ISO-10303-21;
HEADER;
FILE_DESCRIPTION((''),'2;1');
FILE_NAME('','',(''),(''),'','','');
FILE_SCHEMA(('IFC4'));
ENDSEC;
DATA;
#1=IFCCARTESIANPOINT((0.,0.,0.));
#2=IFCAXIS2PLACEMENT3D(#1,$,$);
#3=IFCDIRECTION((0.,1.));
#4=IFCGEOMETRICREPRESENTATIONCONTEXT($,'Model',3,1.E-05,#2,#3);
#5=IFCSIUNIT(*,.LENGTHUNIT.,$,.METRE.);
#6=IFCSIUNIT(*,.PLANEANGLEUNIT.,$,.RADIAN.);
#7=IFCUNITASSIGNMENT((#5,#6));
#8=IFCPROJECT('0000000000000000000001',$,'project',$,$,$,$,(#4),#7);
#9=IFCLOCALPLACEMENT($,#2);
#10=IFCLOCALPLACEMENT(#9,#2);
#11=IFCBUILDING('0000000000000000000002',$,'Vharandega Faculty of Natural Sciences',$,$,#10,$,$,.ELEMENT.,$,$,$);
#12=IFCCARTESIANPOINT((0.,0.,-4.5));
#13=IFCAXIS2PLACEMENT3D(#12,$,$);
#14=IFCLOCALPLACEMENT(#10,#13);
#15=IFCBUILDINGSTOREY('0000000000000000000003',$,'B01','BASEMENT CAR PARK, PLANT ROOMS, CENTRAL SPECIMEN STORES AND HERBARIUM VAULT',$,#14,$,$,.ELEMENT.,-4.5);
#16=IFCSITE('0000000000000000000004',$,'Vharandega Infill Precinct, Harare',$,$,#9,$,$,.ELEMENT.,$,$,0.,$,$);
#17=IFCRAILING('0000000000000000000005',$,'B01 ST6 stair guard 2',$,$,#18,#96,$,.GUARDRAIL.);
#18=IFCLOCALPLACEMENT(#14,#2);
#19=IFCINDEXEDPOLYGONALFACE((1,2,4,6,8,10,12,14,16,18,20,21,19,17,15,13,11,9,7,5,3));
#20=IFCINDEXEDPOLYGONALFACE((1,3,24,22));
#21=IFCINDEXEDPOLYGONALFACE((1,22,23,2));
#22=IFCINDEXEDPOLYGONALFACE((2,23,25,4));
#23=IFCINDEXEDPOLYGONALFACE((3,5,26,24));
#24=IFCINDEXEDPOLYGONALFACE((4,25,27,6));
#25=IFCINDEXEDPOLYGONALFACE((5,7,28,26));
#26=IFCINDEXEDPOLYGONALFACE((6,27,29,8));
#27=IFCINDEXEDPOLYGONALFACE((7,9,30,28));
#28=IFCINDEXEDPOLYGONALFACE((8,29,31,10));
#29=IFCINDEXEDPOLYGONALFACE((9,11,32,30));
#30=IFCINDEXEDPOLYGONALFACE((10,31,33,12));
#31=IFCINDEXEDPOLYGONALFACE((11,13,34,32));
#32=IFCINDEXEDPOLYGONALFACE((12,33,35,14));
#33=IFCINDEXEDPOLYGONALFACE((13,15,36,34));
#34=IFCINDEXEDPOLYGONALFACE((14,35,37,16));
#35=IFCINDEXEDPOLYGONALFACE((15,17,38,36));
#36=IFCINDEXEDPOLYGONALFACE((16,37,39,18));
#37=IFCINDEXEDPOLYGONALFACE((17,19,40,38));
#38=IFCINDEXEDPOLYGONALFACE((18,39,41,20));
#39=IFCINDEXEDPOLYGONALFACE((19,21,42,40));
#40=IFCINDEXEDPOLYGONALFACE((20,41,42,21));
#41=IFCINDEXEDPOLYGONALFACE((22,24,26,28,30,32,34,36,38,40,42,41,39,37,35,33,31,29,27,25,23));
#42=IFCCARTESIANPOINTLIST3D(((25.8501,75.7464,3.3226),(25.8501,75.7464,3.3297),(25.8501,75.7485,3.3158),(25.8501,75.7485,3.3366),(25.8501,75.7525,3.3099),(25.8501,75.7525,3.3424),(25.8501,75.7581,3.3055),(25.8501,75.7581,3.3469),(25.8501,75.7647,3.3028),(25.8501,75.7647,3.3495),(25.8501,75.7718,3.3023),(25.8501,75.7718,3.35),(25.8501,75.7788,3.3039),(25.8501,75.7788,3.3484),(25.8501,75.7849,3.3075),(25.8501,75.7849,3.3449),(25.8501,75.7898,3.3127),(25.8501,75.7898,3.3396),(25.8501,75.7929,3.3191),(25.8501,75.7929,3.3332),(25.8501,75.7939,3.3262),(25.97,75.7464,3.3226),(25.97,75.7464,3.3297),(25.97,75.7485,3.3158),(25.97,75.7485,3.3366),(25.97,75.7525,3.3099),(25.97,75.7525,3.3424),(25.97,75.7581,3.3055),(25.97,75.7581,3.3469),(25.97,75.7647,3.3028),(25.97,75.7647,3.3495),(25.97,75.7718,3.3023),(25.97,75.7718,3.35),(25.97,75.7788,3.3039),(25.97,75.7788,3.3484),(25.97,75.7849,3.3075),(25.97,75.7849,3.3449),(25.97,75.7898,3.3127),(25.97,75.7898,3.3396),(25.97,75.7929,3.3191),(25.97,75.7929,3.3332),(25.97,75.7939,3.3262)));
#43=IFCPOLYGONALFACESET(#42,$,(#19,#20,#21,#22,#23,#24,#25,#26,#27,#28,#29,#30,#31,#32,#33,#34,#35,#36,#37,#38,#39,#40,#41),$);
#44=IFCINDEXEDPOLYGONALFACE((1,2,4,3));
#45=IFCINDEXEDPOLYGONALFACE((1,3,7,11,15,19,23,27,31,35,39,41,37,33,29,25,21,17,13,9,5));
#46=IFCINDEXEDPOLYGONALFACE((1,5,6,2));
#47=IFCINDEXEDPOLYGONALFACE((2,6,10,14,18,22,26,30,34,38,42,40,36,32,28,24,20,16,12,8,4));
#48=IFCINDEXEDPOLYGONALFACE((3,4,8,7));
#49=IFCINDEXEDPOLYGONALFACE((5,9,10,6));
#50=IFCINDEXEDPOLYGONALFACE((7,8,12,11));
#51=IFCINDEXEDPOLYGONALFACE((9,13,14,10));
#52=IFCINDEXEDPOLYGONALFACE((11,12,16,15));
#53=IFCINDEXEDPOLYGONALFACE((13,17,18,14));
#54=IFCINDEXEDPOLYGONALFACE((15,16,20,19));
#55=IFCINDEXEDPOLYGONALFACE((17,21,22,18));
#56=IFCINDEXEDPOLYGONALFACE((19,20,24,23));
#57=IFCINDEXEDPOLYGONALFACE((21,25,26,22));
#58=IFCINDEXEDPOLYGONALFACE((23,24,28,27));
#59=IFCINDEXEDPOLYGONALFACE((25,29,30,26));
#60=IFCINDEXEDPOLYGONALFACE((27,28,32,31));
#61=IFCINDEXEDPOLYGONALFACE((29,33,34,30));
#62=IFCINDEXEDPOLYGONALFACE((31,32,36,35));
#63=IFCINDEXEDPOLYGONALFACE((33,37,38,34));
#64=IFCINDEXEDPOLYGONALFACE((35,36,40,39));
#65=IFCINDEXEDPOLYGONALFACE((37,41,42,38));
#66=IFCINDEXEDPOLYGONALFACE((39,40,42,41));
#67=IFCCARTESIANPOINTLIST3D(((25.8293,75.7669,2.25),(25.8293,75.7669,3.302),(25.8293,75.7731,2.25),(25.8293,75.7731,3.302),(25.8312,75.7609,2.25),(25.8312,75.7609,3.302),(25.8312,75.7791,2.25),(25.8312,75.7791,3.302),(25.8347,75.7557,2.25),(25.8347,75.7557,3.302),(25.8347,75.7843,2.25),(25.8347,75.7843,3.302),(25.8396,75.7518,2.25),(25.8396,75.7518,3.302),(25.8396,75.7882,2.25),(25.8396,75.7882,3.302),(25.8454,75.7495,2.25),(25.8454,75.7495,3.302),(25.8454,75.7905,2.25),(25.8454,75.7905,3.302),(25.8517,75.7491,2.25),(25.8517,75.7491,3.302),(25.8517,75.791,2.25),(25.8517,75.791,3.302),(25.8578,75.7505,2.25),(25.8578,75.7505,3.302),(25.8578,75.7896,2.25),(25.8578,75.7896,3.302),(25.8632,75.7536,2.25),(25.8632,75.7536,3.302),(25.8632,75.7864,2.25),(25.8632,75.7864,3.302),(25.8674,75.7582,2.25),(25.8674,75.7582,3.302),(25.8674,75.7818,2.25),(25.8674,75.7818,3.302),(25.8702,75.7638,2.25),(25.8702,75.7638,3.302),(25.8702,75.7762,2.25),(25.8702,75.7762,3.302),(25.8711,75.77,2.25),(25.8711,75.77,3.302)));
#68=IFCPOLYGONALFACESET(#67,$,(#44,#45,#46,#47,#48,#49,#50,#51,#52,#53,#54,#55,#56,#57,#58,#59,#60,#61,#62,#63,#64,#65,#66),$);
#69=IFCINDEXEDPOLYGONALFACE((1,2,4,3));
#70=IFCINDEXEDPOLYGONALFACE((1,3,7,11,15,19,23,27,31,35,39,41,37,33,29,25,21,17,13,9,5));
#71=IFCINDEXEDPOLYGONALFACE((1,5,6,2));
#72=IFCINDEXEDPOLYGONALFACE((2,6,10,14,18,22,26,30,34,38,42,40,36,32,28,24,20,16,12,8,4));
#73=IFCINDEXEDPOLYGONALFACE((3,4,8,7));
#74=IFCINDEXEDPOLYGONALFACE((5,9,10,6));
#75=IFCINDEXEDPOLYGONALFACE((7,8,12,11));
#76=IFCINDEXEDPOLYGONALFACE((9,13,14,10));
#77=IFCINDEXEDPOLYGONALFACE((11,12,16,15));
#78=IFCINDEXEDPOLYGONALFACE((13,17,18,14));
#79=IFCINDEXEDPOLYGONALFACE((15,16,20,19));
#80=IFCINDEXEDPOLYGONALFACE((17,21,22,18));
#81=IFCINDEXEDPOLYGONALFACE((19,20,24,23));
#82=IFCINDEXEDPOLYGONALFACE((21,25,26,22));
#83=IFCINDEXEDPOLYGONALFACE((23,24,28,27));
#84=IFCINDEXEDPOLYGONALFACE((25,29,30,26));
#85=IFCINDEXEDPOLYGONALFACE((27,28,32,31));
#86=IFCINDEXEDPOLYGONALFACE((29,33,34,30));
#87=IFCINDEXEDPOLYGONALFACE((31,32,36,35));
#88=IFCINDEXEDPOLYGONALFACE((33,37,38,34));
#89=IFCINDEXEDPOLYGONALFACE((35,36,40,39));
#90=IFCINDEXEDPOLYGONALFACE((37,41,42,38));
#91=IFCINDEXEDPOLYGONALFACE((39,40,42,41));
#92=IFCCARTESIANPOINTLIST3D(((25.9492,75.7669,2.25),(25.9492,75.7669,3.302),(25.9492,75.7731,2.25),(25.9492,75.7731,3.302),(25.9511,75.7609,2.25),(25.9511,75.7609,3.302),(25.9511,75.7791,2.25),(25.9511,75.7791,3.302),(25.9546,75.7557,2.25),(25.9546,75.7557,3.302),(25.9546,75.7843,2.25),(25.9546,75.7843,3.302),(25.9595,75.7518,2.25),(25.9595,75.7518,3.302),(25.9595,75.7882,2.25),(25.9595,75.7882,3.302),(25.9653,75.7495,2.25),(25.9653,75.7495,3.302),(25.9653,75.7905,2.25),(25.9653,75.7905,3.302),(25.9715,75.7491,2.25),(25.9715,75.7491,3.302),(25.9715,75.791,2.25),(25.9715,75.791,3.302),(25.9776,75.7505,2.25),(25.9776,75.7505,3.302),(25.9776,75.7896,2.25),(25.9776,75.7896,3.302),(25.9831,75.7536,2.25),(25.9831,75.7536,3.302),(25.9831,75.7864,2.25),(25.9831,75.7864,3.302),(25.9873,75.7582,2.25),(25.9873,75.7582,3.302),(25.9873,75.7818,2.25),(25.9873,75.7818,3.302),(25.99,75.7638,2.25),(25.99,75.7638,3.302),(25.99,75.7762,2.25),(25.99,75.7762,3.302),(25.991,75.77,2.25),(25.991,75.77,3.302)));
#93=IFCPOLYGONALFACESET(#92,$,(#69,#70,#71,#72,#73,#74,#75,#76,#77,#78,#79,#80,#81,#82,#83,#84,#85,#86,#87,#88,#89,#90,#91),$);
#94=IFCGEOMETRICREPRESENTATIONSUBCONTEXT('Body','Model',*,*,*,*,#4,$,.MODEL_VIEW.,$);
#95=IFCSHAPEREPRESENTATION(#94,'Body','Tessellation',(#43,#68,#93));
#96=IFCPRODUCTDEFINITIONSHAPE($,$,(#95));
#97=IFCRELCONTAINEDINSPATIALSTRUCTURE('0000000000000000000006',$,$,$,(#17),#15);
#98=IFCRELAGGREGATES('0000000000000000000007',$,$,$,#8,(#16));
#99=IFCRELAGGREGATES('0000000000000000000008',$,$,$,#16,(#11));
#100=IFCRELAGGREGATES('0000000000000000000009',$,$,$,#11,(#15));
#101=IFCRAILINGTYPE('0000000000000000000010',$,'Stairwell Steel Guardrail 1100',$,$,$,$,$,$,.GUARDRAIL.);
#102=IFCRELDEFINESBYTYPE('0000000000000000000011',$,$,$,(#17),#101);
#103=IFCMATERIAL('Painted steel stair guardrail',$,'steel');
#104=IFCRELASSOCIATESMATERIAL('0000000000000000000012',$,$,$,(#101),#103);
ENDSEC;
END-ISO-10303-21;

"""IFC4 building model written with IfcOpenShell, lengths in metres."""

from ifc_helpers import new_model, si_unit, direction, frame, origin, origin_2d, place, context, subcontext, project, spatial, circle, extrude, material, type_object, element, save


model = new_model("IFC4")

# Units and contexts
model_context = context("Model", 3, precision=1e-05, world=origin(), true_north=direction((0.0, 1.0)))
body_context = subcontext(model_context, "Body", "Model", "MODEL_VIEW")
ifc_project = project(units=[si_unit("LENGTHUNIT", "METRE"), si_unit("PLANEANGLEUNIT", "RADIAN")], contexts=[model_context])

# Site, building, storey
site_placement = place(None, origin())
site = spatial("IfcSite", under=ifc_project, at=site_placement, Name="Vharandega Infill Precinct, Harare", CompositionType="ELEMENT", RefElevation=0.0)
building_placement = place(site_placement, origin())
building = spatial("IfcBuilding", under=site, at=building_placement, Name="Vharandega Faculty of Natural Sciences", CompositionType="ELEMENT")
storey_placement = place(building_placement, frame((0.0, 0.0, -4.5)))
storey = spatial("IfcBuildingStorey", under=building, at=storey_placement, Name="B01", Description="BASEMENT CAR PARK, PLANT ROOMS, CENTRAL SPECIMEN STORES AND HERBARIUM VAULT", CompositionType="ELEMENT", Elevation=-4.5)

# Railing
ifc_material_1 = material(Name="Painted steel stair guardrail", Category="steel")
railing_type_1 = type_object("IfcRailingType", Name="Stairwell Steel Guardrail 1100", PredefinedType="GUARDRAIL", material=ifc_material_1)
railing_1_placement = place(storey_placement, frame((25.8501, 75.77, 2.25)))
element("IfcRailing", 1, at=railing_1_placement, inside=storey, type_object=railing_type_1, Name="B01 ST6 stair guard 2", PredefinedType="GUARDRAIL", context=body_context, shape_type="SweptSolid", body=[
    extrude(circle(Radius=0.0239, at=origin_2d()), frame((0.0, 0.0, 1.0762), z_axis=(1.0, 0.0, 0.0), x_axis=(0.0, 1.0, 0.0)), (0.0, 0.0, 1.0), 0.1199),
    extrude(circle(Radius=0.021, at=origin_2d()), origin(), (0.0, 0.0, 1.0), 1.052),
    extrude(circle(Radius=0.021, at=origin_2d()), frame((0.1199, 0.0, 0.0)), (0.0, 0.0, 1.0), 1.052),
])

save(model, "model.ifc")
